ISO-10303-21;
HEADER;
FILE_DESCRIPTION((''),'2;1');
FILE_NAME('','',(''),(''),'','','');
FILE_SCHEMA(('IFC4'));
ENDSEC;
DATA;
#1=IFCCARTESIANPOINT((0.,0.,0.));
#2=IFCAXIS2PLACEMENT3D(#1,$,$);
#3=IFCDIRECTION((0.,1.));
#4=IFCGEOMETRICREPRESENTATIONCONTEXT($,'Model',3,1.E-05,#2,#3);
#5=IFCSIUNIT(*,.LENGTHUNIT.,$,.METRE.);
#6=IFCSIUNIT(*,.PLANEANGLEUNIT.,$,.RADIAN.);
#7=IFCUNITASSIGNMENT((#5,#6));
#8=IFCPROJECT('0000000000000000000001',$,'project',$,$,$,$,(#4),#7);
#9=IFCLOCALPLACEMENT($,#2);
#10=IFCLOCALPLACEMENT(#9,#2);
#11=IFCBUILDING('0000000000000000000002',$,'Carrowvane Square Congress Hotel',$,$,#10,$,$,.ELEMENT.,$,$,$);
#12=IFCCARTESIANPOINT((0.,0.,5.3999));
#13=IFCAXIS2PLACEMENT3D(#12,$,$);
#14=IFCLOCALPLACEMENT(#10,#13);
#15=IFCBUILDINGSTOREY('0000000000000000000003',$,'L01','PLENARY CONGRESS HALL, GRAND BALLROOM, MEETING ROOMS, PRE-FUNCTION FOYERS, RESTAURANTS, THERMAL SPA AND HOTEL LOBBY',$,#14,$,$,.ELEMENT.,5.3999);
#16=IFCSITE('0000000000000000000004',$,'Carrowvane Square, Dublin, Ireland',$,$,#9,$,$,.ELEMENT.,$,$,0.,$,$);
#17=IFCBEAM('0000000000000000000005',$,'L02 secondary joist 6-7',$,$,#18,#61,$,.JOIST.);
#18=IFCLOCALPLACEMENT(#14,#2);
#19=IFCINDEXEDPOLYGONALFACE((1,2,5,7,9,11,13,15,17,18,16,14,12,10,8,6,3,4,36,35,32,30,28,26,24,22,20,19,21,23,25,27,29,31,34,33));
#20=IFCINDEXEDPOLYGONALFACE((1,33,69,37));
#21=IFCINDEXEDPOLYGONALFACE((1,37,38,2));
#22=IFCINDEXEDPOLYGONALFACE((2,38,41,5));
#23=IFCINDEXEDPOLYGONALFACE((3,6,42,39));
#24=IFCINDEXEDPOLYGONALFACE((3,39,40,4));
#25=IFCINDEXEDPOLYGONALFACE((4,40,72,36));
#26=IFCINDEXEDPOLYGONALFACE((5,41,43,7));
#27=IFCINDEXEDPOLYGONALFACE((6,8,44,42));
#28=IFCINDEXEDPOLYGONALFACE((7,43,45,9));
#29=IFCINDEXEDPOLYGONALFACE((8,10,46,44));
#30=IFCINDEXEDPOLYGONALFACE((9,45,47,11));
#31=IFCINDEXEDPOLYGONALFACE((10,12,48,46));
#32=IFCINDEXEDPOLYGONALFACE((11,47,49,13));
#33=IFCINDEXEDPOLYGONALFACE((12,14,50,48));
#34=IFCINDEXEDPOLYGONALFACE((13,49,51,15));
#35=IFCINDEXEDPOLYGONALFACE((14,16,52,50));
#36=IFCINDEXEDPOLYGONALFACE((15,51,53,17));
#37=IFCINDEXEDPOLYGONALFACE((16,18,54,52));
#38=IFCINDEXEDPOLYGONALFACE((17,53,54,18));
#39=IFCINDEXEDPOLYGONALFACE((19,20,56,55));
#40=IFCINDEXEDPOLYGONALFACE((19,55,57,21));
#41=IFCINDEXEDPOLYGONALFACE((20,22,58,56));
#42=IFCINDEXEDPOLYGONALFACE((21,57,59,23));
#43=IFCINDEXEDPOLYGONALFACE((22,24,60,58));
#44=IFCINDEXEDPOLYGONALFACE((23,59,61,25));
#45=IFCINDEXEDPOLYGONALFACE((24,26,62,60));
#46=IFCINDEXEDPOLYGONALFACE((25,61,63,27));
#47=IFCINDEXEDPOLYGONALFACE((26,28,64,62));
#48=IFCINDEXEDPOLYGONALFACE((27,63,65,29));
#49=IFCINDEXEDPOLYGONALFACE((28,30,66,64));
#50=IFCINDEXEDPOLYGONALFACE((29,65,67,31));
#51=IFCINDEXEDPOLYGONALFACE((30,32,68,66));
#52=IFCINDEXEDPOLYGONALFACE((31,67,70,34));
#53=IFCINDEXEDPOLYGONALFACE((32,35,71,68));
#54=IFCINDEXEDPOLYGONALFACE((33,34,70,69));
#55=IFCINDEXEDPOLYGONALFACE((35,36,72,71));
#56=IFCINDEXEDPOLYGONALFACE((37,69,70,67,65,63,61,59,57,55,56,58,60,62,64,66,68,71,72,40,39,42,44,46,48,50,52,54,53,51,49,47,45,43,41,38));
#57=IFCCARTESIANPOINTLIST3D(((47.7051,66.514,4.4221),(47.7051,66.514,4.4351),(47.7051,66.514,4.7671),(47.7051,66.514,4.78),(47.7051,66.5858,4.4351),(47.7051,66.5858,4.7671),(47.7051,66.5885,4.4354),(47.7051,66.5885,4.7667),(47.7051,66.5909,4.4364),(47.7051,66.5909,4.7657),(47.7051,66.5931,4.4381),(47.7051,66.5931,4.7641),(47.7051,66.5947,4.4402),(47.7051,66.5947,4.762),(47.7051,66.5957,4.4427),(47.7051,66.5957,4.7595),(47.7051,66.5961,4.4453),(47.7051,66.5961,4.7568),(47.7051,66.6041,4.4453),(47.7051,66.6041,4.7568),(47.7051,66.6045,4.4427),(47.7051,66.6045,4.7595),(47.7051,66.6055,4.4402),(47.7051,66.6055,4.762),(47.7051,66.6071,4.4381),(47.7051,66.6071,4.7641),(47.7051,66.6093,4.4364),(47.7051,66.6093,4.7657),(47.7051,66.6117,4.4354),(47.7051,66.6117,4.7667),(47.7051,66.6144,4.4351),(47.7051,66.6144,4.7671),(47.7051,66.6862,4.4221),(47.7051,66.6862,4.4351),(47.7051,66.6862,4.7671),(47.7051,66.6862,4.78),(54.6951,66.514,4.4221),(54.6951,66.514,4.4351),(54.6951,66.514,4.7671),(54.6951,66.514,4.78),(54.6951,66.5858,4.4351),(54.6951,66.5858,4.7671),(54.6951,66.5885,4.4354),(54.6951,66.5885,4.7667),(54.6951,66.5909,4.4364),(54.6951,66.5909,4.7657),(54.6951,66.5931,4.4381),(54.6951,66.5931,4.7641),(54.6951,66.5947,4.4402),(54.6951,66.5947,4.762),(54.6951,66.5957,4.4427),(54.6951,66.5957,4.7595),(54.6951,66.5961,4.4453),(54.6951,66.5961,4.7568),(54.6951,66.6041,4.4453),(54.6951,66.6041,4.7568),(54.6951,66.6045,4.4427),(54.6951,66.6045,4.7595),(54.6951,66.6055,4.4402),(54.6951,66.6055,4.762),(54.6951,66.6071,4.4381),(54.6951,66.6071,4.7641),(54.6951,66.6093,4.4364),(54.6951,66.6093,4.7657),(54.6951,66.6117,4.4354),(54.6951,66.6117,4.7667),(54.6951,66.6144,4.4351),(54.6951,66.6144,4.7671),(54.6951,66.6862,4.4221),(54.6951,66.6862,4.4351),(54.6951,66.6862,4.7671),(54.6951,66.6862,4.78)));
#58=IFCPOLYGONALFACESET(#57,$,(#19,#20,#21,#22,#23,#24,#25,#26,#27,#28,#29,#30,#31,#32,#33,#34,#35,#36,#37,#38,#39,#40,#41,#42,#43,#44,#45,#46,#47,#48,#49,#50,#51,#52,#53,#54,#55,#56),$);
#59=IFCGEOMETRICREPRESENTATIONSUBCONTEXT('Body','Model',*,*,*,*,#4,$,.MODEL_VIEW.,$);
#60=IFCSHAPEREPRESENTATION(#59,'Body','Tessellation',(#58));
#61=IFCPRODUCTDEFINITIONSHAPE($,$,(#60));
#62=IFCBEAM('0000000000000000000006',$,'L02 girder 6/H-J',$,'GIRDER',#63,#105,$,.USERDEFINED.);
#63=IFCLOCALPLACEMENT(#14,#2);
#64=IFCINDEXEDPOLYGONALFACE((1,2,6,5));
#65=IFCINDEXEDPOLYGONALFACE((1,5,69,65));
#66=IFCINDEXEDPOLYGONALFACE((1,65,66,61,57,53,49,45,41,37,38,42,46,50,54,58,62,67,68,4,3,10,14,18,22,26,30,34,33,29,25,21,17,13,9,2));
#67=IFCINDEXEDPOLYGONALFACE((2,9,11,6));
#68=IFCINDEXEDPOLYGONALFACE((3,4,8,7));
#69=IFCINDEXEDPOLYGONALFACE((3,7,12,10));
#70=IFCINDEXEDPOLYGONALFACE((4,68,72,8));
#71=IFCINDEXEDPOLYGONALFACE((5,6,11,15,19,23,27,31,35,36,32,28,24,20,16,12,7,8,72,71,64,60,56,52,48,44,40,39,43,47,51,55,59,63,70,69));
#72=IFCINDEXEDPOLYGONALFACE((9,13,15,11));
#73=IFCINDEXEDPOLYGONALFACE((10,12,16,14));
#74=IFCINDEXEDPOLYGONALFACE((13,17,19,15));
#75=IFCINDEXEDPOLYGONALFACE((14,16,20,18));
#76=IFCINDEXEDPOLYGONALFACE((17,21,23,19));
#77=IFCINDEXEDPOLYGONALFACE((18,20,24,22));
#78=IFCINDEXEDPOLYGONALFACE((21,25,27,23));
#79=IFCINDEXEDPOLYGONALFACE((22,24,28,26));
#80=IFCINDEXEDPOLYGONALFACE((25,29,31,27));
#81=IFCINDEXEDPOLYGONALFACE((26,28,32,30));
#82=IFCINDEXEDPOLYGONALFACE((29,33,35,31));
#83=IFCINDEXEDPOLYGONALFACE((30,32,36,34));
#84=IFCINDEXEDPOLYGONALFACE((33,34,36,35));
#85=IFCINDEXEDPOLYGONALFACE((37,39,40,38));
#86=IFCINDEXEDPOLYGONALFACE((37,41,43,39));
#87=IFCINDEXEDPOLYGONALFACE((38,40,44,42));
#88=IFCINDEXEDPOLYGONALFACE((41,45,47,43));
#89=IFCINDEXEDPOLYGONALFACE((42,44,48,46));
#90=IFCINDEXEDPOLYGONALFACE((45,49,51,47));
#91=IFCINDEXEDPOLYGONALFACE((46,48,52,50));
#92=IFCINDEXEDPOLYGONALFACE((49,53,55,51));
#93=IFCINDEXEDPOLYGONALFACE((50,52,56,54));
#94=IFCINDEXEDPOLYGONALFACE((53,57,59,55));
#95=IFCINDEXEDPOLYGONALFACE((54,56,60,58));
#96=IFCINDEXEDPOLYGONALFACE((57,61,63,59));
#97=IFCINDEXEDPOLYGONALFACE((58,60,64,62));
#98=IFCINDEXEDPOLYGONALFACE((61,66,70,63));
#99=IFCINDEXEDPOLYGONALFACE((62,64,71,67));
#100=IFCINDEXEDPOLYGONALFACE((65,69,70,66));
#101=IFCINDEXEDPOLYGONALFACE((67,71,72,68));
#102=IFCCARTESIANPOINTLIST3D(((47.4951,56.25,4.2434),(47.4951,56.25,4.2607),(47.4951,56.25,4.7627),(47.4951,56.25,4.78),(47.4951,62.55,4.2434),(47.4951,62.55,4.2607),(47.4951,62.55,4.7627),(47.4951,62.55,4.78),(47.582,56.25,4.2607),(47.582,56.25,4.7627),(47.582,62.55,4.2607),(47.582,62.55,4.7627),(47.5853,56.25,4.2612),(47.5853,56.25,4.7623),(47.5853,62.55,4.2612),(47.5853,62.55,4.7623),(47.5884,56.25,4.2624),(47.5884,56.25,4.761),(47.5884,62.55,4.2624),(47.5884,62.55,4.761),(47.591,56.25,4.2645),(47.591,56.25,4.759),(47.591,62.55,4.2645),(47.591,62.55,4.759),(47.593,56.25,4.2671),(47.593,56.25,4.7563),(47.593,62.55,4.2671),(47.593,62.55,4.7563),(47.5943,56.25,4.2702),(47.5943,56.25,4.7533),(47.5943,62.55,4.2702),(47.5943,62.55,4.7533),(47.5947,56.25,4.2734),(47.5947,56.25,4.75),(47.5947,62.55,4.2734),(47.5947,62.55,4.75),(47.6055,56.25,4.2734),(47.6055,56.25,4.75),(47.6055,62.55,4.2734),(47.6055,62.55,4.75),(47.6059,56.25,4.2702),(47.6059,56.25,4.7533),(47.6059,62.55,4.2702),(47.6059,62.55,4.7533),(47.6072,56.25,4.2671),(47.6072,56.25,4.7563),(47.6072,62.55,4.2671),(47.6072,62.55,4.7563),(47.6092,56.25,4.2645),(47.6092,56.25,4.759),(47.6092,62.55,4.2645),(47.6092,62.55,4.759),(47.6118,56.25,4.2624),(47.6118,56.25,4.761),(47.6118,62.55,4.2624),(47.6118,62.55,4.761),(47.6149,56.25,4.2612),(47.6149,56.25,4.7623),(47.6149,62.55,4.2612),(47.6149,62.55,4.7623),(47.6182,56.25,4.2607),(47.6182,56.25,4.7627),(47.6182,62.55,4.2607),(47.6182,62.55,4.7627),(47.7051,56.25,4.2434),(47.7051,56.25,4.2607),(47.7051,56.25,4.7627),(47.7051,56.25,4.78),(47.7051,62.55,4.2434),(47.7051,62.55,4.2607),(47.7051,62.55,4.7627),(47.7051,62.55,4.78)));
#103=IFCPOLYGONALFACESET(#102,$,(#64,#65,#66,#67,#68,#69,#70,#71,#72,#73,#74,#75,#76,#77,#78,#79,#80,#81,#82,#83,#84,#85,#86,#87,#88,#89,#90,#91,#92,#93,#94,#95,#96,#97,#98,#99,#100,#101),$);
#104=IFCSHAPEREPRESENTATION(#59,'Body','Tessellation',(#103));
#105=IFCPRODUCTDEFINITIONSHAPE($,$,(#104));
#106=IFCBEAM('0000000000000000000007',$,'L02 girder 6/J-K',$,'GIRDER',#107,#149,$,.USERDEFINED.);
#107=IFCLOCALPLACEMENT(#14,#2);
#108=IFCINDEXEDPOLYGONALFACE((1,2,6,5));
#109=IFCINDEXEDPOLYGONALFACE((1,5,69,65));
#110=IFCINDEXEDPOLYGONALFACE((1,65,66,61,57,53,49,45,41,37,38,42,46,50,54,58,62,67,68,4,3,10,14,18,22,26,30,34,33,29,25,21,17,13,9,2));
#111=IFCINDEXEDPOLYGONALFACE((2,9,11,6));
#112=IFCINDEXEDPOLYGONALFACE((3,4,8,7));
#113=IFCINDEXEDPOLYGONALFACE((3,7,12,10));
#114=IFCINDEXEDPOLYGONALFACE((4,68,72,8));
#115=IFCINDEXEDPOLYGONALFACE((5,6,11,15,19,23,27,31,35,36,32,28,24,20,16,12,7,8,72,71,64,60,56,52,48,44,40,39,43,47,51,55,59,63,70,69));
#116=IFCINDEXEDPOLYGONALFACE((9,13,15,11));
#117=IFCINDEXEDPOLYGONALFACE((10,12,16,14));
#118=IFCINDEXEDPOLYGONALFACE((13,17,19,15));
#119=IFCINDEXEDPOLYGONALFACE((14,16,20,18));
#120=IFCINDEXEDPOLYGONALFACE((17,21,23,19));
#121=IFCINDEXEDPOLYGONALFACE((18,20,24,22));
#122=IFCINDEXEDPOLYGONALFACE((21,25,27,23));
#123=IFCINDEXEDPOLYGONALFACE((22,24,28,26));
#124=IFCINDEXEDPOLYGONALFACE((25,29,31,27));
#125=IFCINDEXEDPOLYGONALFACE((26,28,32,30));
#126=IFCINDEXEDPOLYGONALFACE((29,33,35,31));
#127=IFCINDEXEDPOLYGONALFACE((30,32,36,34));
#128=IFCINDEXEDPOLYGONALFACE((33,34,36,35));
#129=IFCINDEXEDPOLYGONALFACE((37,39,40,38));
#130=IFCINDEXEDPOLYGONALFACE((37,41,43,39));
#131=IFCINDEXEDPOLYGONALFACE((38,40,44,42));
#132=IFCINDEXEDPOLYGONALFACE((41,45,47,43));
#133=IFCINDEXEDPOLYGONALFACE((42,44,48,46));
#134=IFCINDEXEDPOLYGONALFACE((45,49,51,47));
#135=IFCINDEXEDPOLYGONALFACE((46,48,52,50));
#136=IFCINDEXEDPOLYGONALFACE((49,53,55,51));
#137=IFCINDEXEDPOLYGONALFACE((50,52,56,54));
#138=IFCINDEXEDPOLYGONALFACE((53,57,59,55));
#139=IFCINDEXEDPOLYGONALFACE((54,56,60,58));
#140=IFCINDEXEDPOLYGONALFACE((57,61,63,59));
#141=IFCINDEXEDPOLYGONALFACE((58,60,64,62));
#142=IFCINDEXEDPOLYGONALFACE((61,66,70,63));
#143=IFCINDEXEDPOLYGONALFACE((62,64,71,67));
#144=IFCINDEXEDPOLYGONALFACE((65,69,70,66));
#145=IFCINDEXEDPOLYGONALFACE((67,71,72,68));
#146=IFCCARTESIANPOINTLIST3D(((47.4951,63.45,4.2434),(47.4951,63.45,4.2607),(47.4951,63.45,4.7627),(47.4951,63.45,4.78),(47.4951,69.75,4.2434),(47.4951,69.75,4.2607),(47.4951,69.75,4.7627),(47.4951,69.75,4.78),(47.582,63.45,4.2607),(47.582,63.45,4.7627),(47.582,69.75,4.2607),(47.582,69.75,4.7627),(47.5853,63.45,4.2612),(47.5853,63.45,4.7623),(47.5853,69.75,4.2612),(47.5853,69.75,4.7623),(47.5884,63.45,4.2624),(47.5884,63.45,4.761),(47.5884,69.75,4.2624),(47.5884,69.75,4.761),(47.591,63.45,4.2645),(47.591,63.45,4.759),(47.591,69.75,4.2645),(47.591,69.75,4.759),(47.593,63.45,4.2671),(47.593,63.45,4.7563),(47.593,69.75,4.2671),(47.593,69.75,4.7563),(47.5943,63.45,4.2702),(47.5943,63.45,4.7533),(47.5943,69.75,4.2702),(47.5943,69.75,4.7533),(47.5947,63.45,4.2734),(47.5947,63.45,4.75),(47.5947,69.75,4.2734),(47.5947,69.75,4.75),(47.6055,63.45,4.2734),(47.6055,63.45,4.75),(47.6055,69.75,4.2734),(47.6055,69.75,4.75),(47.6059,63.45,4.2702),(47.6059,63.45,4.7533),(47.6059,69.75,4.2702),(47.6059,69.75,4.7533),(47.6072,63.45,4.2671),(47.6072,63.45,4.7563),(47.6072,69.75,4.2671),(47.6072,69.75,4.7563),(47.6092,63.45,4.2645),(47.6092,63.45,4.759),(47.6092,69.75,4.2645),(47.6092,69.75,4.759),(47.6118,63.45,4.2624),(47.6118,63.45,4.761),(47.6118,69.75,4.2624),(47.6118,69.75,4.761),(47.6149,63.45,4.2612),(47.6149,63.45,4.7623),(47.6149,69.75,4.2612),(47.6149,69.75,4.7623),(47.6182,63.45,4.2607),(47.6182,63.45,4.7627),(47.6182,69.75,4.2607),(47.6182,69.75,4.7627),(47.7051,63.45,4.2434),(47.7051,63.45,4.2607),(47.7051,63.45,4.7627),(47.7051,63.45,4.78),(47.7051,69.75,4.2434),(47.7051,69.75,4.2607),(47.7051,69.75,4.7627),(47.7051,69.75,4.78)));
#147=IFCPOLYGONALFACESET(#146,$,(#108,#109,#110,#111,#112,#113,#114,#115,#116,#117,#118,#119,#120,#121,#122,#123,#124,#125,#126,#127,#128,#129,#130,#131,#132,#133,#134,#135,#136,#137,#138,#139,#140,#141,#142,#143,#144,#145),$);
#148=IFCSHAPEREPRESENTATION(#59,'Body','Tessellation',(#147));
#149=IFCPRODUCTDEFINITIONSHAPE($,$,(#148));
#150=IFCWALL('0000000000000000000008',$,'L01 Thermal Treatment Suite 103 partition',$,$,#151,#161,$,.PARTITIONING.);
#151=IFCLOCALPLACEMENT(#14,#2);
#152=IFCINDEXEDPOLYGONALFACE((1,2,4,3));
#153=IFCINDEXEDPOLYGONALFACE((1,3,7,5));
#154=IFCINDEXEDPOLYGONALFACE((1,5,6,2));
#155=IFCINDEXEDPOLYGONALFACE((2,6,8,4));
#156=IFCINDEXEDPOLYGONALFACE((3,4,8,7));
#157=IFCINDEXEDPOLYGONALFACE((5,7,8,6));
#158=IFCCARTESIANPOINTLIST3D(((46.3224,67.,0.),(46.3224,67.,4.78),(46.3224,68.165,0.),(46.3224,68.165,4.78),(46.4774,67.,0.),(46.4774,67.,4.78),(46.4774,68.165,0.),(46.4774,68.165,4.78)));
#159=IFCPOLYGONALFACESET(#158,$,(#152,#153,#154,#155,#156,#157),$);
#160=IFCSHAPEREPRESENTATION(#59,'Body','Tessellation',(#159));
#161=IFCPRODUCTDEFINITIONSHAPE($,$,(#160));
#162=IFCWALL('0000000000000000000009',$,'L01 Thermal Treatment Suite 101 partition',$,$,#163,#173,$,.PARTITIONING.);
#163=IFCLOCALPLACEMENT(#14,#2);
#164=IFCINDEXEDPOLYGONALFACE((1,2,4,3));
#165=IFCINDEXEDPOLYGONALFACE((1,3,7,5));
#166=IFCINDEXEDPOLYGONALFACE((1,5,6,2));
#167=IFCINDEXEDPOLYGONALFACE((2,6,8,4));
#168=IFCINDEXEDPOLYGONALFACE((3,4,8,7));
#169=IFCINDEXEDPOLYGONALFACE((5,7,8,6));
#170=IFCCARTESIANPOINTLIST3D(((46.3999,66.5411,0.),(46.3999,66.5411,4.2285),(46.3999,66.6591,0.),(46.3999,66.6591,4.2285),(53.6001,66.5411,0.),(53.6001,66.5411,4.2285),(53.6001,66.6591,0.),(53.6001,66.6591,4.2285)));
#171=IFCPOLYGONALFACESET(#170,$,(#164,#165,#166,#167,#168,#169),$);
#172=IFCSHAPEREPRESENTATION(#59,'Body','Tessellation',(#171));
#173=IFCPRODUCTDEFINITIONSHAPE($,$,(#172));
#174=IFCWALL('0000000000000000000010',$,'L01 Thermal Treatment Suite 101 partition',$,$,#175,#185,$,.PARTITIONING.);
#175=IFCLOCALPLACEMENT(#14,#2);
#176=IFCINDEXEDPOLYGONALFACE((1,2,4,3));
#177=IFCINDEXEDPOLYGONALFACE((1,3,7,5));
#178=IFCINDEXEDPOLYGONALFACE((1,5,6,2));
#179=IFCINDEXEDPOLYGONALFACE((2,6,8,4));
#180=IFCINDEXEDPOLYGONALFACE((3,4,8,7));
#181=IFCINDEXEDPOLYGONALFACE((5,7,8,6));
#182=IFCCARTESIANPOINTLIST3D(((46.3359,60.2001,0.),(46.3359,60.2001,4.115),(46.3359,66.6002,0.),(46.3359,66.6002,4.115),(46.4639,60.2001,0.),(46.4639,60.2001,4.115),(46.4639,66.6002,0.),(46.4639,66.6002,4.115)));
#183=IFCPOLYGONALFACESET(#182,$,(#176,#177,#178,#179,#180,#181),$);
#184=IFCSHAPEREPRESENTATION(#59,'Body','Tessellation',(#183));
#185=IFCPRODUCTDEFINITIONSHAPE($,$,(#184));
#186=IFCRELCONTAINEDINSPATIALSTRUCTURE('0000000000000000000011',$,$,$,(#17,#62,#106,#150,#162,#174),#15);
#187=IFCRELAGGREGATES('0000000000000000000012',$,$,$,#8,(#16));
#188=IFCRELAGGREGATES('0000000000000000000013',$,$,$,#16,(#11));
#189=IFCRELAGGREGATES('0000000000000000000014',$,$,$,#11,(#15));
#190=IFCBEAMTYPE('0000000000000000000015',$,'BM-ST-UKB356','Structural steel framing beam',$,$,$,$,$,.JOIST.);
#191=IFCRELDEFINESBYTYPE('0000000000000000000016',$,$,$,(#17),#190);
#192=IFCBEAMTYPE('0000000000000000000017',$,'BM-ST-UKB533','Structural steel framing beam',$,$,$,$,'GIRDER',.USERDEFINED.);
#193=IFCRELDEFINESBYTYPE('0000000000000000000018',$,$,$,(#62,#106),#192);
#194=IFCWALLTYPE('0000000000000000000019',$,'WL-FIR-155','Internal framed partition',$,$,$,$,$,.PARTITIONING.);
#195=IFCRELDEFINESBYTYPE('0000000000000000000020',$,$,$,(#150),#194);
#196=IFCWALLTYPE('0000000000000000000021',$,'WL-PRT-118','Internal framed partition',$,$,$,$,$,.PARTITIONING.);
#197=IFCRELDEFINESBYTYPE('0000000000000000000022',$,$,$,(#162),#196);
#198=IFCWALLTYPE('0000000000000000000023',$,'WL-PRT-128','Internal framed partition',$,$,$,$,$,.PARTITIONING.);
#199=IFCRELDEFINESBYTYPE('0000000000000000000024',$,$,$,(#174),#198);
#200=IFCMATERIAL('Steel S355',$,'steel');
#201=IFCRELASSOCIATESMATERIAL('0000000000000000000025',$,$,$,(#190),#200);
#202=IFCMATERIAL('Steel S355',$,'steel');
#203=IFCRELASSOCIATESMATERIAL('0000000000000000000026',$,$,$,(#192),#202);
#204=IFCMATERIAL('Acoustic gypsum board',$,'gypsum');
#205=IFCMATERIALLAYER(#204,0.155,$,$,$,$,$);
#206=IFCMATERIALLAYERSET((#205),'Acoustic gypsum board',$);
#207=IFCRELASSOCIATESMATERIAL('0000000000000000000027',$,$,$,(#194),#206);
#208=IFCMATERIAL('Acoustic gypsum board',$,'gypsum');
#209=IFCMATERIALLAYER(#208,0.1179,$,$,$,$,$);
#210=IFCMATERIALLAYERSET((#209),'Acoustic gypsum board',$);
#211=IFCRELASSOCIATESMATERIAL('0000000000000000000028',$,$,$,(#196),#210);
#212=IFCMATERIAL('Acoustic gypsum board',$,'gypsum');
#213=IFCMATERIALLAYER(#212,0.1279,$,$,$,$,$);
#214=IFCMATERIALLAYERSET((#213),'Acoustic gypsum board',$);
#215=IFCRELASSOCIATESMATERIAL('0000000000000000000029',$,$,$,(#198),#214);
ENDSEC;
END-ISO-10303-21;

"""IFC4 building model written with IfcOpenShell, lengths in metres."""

from ifc_helpers import new_model, si_unit, direction, frame, frame_2d, origin, origin_2d, place, context, subcontext, project, spatial, rectangle, i_section, extrude, material, layer, layer_set, material_profile, profile_set, type_object, element, save


model = new_model("IFC4")

# Units and contexts
model_context = context("Model", 3, precision=1e-05, world=origin(), true_north=direction((0.0, 1.0)))
body_context = subcontext(model_context, "Body", "Model", "MODEL_VIEW")
ifc_project = project(units=[si_unit("LENGTHUNIT", "METRE"), si_unit("PLANEANGLEUNIT", "RADIAN")], contexts=[model_context])

# Site, building, storey
site_placement = place(None, origin())
site = spatial("IfcSite", under=ifc_project, at=site_placement, Name="Carrowvane Square, Dublin, Ireland", CompositionType="ELEMENT", RefElevation=0.0)
building_placement = place(site_placement, origin())
building = spatial("IfcBuilding", under=site, at=building_placement, Name="Carrowvane Square Congress Hotel", CompositionType="ELEMENT")
storey_placement = place(building_placement, frame((0.0, 0.0, 5.3999)))
storey = spatial("IfcBuildingStorey", under=building, at=storey_placement, Name="L01", Description="PLENARY CONGRESS HALL, GRAND BALLROOM, MEETING ROOMS, PRE-FUNCTION FOYERS, RESTAURANTS, THERMAL SPA AND HOTEL LOBBY", CompositionType="ELEMENT", Elevation=5.3999)

# Beams
ifc_material_1 = material(Name="Steel S355", Category="steel")
ifc_material_profile_1 = material_profile(ifc_material_1, i_section(OverallWidth=0.1721, OverallDepth=0.3579, WebThickness=0.0081, FlangeThickness=0.0129, FilletRadius=0.0103, at=origin_2d()), Name="UKB 356x171x57")
ifc_profile_set_1 = profile_set([ifc_material_profile_1], Name="Steel S355")
beam_type_1 = type_object("IfcBeamType", Name="BM-ST-UKB356", Description="Structural steel framing beam", PredefinedType="JOIST", material=ifc_profile_set_1)
beam_placement = place(storey_placement, frame((47.7051, 66.6001, 4.6011), z_axis=(1.0, 0.0, 0.0), x_axis=(0.0, 1.0, 0.0)))
element("IfcBeam", 1, at=beam_placement, inside=storey, type_object=beam_type_1, Name="L02 secondary joist 6-7", PredefinedType="JOIST", context=body_context, shape_type="SweptSolid", body=[
    extrude(i_section(OverallWidth=0.1721, OverallDepth=0.3579, WebThickness=0.0081, FlangeThickness=0.0129, FilletRadius=0.0103, at=origin_2d()), origin(), (0.0, 0.0, 1.0), 6.99),
])
ifc_material_2 = material(Name="Steel S355", Category="steel")
ifc_material_profile_2 = material_profile(ifc_material_2, i_section(OverallWidth=0.21, OverallDepth=0.5366, WebThickness=0.0107, FlangeThickness=0.0173, FilletRadius=0.0127, at=origin_2d()), Name="UKB 533x210x101")
ifc_profile_set_2 = profile_set([ifc_material_profile_2], Name="Steel S355")
beam_type_2 = type_object("IfcBeamType", Name="BM-ST-UKB533", Description="Structural steel framing beam", ElementType="GIRDER", PredefinedType="USERDEFINED", material=ifc_profile_set_2)
for number, where, z_axis, x_axis, name in (
    (2, (47.6001, 56.25, 4.5117), (0.0, 1.0, 0.0), (-1.0, 0.0, 0.0), "L02 girder 6/H-J"),
    (3, (47.6001, 63.45, 4.5117), (0.0, 1.0, 0.0), (-1.0, 0.0, 0.0), "L02 girder 6/J-K"),
):
    element("IfcBeam", number, at=place(storey_placement, frame(where, z_axis=z_axis, x_axis=x_axis)), inside=storey, type_object=beam_type_2, Name=name, ObjectType="GIRDER", PredefinedType="USERDEFINED", context=body_context, shape_type="SweptSolid", body=[
        extrude(i_section(OverallWidth=0.21, OverallDepth=0.5366, WebThickness=0.0107, FlangeThickness=0.0173, FilletRadius=0.0127, at=origin_2d()), origin(), (0.0, 0.0, 1.0), 6.3),
    ])

# Walls
ifc_material_3 = material(Name="Acoustic gypsum board", Category="gypsum")
ifc_layer_1 = layer(ifc_material_3, 0.155)
ifc_layer_set_1 = layer_set([ifc_layer_1], Name="Acoustic gypsum board")
wall_type_1 = type_object("IfcWallType", Name="WL-FIR-155", Description="Internal framed partition", PredefinedType="PARTITIONING", material=ifc_layer_set_1)
wall_1_placement = place(storey_placement, frame((46.3999, 67.0, 0.0), z_axis=(0.0, 0.0, 1.0), x_axis=(0.0, 1.0, 0.0)))
element("IfcWall", 4, at=wall_1_placement, inside=storey, type_object=wall_type_1, Name="L01 Thermal Treatment Suite 103 partition", PredefinedType="PARTITIONING", context=body_context, shape_type="SweptSolid", body=[
    extrude(rectangle(XDim=1.165, YDim=0.155, at=frame_2d((0.5825, 0.0))), origin(), (0.0, 0.0, 1.0), 4.78),
])
ifc_material_4 = material(Name="Acoustic gypsum board", Category="gypsum")
ifc_layer_2 = layer(ifc_material_4, 0.1179)
ifc_layer_set_2 = layer_set([ifc_layer_2], Name="Acoustic gypsum board")
wall_type_2 = type_object("IfcWallType", Name="WL-PRT-118", Description="Internal framed partition", PredefinedType="PARTITIONING", material=ifc_layer_set_2)
wall_2_placement = place(storey_placement, frame((46.3999, 66.6001, 0.0), z_axis=(0.0, 0.0, 1.0), x_axis=(1.0, 0.0, 0.0)))
element("IfcWall", 5, at=wall_2_placement, inside=storey, type_object=wall_type_2, Name="L01 Thermal Treatment Suite 101 partition", PredefinedType="PARTITIONING", context=body_context, shape_type="SweptSolid", body=[
    extrude(rectangle(XDim=7.2002, YDim=0.1179, at=frame_2d((3.6001, 0.0))), origin(), (0.0, 0.0, 1.0), 4.2285),
])
ifc_material_5 = material(Name="Acoustic gypsum board", Category="gypsum")
ifc_layer_3 = layer(ifc_material_5, 0.1279)
ifc_layer_set_3 = layer_set([ifc_layer_3], Name="Acoustic gypsum board")
wall_type_3 = type_object("IfcWallType", Name="WL-PRT-128", Description="Internal framed partition", PredefinedType="PARTITIONING", material=ifc_layer_set_3)
wall_3_placement = place(storey_placement, frame((46.3999, 60.2, 0.0), z_axis=(0.0, 0.0, 1.0), x_axis=(0.0, 1.0, 0.0)))
element("IfcWall", 6, at=wall_3_placement, inside=storey, type_object=wall_type_3, Name="L01 Thermal Treatment Suite 101 partition", PredefinedType="PARTITIONING", context=body_context, shape_type="SweptSolid", body=[
    extrude(rectangle(XDim=6.4001, YDim=0.1279, at=frame_2d((3.2002, 0.0))), origin(), (0.0, 0.0, 1.0), 4.115),
])

save(model, "model.ifc")
